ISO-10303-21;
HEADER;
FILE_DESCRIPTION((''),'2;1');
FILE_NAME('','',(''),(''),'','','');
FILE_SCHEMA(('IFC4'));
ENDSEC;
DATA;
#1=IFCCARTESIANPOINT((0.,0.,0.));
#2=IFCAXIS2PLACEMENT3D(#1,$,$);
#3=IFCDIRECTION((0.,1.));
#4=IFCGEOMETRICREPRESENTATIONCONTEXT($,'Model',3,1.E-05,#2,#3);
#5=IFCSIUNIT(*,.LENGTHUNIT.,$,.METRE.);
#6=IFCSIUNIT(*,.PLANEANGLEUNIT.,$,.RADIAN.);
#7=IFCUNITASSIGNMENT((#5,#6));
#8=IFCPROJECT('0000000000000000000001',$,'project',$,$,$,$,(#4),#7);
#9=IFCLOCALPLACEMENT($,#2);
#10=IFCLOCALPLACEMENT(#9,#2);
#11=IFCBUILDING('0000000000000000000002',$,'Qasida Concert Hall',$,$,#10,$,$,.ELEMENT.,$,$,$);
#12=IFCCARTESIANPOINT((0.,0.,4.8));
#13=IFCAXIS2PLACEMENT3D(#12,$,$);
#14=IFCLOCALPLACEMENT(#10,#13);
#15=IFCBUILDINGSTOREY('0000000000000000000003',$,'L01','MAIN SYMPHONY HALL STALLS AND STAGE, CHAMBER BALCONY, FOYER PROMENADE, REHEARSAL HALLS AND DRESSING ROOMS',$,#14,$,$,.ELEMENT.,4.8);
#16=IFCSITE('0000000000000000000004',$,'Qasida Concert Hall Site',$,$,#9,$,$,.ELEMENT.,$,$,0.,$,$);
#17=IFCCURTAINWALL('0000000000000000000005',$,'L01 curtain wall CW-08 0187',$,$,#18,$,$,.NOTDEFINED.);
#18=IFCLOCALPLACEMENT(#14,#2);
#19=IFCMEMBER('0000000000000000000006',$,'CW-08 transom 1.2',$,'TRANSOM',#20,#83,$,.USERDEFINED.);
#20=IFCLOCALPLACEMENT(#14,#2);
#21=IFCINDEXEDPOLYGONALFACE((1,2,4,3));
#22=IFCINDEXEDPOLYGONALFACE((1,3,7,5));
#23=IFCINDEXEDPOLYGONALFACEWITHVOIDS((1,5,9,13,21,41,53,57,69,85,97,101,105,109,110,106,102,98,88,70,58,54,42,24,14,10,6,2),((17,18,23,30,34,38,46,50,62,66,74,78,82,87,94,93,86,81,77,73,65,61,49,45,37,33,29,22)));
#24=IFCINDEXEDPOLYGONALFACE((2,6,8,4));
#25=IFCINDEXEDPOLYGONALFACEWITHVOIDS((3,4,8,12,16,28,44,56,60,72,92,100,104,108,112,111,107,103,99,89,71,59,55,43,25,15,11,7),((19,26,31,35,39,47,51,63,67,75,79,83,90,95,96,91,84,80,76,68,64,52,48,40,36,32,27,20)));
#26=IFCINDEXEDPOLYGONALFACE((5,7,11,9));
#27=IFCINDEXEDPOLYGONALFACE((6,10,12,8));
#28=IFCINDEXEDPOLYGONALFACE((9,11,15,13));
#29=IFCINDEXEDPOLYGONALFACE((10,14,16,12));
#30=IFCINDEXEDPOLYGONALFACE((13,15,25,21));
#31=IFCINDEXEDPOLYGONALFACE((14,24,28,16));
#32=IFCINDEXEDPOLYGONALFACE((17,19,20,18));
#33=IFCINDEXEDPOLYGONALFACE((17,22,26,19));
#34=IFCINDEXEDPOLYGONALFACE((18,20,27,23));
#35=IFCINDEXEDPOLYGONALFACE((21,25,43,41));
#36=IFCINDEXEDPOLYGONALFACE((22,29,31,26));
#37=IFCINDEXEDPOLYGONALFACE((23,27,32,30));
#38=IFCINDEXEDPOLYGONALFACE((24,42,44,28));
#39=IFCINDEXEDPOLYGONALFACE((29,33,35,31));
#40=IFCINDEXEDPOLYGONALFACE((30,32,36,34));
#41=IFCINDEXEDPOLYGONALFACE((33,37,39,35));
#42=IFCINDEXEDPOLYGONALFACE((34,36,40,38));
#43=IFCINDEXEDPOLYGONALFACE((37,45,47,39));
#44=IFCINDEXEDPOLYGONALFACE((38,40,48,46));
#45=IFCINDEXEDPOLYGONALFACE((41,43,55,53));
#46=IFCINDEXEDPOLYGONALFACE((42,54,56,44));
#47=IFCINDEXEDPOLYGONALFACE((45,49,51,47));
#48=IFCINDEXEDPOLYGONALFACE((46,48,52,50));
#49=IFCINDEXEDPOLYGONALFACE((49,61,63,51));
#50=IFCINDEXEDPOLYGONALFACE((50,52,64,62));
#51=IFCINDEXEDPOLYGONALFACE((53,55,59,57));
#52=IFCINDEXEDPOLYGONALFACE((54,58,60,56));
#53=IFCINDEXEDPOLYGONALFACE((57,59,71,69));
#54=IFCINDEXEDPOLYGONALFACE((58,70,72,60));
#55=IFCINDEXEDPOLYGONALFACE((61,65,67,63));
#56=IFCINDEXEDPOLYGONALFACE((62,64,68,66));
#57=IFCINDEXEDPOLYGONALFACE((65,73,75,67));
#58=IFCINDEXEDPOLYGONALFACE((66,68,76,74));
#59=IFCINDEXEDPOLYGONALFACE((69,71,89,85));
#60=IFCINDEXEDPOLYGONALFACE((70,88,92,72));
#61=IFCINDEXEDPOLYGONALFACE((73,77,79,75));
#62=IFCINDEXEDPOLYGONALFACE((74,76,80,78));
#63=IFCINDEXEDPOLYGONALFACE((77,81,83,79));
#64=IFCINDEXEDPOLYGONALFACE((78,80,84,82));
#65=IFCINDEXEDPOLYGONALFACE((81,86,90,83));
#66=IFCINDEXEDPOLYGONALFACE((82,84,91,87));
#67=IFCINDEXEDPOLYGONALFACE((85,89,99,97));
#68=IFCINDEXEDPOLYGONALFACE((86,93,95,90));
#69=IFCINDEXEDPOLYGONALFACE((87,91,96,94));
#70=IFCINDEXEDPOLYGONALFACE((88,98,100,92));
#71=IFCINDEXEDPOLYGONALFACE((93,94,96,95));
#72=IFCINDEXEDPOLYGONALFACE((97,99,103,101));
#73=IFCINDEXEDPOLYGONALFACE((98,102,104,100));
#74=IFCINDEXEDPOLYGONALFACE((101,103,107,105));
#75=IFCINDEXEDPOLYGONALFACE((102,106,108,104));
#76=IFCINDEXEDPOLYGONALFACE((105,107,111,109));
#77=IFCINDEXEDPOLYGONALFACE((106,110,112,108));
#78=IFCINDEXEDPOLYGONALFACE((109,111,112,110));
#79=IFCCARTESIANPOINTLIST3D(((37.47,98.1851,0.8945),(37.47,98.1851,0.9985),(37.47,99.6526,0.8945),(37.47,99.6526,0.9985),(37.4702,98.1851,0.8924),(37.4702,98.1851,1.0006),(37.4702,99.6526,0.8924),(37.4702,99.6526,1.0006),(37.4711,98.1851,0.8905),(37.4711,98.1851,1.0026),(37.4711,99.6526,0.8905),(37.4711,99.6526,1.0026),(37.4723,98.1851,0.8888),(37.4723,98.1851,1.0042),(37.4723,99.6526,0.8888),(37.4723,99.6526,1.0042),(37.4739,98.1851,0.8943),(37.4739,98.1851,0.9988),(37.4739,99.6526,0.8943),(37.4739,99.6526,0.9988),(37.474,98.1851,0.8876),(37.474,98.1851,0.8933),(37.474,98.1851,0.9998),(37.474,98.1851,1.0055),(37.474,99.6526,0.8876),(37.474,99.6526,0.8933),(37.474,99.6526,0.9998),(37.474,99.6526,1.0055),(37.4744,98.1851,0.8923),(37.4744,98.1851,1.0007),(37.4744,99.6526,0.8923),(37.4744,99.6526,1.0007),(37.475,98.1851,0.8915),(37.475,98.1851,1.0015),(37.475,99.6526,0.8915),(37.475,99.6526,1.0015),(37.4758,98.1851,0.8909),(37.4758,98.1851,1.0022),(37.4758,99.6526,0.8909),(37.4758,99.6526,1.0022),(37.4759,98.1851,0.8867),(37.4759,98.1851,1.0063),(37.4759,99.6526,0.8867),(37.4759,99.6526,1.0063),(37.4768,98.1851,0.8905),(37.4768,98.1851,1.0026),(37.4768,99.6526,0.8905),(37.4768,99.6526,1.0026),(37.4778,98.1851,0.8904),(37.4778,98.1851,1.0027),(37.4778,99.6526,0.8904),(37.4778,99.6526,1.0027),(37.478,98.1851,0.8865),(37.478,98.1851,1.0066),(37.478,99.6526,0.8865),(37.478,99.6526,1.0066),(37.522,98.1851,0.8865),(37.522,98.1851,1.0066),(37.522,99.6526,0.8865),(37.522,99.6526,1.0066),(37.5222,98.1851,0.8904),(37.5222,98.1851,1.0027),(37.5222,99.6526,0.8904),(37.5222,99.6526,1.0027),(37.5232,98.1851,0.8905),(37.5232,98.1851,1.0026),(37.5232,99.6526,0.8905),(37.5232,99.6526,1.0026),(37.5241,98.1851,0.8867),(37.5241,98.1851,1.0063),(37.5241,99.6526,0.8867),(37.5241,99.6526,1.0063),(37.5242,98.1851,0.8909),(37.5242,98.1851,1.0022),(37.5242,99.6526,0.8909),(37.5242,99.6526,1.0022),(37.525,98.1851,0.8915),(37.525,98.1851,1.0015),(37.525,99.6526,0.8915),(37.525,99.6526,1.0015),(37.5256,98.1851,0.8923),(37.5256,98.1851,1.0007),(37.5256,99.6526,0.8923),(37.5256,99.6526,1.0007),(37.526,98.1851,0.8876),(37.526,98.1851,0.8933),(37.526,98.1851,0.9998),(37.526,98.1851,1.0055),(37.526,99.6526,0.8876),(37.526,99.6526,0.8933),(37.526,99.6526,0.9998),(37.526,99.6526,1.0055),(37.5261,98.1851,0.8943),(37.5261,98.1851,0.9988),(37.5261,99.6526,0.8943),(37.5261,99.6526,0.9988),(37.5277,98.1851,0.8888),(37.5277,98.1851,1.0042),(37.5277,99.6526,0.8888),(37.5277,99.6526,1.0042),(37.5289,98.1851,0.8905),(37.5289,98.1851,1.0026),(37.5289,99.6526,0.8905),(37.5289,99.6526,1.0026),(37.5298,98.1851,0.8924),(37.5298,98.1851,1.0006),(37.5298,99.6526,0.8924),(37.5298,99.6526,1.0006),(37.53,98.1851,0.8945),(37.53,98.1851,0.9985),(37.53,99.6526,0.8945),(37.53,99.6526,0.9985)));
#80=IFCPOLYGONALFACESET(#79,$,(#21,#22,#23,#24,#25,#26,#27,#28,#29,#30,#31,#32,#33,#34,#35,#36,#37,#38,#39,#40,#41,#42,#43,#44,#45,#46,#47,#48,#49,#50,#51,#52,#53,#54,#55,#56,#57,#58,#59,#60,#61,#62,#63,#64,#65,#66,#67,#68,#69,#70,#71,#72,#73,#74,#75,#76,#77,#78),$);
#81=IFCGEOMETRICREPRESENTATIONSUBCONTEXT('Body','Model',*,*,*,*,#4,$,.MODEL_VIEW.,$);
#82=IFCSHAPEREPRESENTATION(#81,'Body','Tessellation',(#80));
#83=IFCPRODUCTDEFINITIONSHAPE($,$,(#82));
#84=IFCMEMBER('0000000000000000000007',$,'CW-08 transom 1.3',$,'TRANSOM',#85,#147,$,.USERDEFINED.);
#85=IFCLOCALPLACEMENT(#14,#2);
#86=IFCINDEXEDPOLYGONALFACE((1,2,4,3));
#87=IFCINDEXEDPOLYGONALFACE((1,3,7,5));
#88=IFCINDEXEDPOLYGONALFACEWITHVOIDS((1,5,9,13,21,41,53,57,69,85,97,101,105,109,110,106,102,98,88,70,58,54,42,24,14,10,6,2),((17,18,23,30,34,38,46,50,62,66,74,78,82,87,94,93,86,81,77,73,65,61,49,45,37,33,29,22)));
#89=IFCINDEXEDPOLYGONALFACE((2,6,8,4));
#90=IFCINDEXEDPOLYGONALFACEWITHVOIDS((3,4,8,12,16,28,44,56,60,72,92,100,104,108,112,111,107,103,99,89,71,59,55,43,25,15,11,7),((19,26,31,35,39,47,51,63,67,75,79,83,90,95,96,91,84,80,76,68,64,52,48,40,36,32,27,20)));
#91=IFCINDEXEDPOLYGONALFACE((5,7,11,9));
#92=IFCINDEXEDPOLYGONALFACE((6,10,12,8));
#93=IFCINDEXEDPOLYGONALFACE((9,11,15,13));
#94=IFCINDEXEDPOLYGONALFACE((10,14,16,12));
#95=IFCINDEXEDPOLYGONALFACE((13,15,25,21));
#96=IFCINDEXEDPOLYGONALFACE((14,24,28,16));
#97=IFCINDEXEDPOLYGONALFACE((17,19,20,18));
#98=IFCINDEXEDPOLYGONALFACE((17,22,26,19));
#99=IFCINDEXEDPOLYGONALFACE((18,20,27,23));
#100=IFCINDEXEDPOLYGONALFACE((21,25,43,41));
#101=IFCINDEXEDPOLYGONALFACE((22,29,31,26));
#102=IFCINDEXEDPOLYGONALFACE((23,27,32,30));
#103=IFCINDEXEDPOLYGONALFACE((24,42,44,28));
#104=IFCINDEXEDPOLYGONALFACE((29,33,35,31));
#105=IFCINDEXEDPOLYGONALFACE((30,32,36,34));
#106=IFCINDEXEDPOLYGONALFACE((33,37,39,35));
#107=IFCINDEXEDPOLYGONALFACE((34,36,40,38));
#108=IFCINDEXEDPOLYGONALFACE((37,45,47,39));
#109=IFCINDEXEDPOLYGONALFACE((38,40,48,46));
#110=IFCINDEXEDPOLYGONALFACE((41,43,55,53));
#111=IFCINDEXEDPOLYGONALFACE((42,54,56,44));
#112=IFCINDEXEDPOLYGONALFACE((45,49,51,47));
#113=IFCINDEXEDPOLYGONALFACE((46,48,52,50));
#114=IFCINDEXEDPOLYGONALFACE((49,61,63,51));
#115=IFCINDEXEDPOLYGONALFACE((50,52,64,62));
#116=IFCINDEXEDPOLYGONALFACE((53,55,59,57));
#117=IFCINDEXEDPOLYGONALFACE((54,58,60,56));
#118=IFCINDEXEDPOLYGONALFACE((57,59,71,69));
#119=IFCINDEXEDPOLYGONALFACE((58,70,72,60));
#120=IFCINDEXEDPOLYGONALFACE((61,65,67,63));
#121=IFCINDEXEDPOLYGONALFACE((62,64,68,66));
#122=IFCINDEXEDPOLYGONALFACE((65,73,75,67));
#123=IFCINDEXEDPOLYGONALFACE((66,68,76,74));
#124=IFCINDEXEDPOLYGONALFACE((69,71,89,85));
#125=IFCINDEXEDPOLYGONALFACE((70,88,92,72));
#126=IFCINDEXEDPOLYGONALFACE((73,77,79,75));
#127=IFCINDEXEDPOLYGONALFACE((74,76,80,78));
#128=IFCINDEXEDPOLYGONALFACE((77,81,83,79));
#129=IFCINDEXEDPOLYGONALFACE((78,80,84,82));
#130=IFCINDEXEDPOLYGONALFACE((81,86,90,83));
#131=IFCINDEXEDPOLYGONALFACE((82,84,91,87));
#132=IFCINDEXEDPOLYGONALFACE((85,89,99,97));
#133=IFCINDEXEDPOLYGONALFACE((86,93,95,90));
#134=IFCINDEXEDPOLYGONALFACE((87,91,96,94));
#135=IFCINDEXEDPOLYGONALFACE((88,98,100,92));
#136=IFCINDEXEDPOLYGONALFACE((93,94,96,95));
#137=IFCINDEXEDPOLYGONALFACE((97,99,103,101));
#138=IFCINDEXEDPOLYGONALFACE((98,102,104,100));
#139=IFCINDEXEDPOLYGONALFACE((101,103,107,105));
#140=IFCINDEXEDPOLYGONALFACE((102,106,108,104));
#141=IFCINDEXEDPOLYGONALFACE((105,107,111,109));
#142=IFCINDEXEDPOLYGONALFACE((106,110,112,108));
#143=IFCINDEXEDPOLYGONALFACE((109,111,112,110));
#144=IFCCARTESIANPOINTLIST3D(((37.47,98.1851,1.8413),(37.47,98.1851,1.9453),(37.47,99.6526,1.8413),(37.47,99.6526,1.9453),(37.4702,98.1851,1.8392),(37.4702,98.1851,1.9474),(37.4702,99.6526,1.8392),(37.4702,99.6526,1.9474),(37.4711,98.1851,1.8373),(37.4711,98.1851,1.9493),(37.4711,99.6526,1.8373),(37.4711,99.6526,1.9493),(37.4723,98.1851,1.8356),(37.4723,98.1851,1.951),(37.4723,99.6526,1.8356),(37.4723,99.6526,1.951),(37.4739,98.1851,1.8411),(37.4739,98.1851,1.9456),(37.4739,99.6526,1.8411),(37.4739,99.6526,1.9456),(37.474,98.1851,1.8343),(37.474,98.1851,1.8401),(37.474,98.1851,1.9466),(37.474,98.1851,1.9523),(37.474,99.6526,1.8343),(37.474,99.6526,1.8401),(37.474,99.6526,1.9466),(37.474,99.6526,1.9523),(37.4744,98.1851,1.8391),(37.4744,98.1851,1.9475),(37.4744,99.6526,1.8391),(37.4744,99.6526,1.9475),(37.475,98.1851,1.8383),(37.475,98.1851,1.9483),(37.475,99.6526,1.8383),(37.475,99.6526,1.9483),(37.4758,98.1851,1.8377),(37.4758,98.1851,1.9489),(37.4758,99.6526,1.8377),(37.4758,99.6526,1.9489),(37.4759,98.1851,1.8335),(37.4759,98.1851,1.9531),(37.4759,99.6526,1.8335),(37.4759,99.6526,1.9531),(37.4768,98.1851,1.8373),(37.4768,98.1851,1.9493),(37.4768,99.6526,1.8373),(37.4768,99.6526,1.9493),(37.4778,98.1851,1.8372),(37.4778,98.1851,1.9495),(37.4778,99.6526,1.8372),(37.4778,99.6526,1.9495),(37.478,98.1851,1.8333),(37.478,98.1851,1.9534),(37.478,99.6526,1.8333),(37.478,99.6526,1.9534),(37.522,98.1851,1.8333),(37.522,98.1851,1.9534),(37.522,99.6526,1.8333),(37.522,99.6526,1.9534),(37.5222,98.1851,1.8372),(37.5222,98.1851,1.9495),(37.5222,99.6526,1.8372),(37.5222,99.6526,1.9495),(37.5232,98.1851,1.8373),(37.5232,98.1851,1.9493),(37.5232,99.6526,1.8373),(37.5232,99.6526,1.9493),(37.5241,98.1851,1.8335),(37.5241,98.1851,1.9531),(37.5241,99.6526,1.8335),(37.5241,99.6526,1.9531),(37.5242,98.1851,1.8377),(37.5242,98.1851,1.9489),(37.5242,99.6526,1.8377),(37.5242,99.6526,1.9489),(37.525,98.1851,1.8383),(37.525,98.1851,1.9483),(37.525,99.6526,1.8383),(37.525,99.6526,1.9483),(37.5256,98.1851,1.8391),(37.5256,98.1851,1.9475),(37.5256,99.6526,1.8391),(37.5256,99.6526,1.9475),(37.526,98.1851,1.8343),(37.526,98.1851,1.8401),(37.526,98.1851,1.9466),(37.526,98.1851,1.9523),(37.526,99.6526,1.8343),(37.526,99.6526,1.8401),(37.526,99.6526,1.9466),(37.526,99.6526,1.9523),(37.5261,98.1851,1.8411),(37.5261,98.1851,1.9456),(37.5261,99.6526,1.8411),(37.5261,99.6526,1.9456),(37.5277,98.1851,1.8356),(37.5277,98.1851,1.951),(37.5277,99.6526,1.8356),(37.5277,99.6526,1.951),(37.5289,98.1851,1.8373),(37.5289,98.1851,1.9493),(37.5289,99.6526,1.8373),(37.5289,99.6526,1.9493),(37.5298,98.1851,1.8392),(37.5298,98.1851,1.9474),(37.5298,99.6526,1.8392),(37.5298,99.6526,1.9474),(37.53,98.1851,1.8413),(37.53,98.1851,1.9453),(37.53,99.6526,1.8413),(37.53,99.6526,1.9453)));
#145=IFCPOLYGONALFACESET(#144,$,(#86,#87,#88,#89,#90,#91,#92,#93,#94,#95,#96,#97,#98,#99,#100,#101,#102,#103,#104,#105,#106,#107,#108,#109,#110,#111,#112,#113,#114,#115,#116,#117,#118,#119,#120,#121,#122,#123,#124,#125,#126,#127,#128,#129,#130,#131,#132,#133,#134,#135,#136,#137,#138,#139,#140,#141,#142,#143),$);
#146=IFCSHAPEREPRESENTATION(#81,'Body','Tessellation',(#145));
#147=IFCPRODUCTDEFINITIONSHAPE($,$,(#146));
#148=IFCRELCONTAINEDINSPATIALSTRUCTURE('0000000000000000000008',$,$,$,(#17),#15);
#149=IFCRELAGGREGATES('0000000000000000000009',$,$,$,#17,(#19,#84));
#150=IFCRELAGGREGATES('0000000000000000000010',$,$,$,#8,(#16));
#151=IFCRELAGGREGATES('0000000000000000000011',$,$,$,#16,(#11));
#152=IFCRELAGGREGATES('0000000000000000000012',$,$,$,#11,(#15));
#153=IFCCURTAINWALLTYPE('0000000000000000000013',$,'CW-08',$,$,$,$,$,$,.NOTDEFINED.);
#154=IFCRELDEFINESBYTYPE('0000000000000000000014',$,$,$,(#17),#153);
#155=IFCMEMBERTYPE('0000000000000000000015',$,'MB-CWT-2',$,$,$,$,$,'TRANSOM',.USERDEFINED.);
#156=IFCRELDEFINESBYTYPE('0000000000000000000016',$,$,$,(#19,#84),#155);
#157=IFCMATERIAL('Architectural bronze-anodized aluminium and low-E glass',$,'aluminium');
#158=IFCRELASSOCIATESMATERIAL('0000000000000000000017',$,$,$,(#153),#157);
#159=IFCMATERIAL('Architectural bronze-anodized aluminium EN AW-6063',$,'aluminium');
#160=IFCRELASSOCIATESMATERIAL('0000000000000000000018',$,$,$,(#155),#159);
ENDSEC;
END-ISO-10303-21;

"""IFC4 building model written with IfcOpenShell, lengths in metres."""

from ifc_helpers import new_model, si_unit, direction, frame, origin, origin_2d, place, context, subcontext, project, spatial, hollow_rectangle, extrude, material, material_profile, profile_set, type_object, element, aggregate, save


model = new_model("IFC4")

# Units and contexts
model_context = context("Model", 3, precision=1e-05, world=origin(), true_north=direction((0.0, 1.0)))
body_context = subcontext(model_context, "Body", "Model", "MODEL_VIEW")
ifc_project = project(units=[si_unit("LENGTHUNIT", "METRE"), si_unit("PLANEANGLEUNIT", "RADIAN")], contexts=[model_context])

# Site, building, storey
site_placement = place(None, origin())
site = spatial("IfcSite", under=ifc_project, at=site_placement, Name="Qasida Concert Hall Site", CompositionType="ELEMENT", RefElevation=0.0)
building_placement = place(site_placement, origin())
building = spatial("IfcBuilding", under=site, at=building_placement, Name="Qasida Concert Hall", CompositionType="ELEMENT")
storey_placement = place(building_placement, frame((0.0, 0.0, 4.8)))
storey = spatial("IfcBuildingStorey", under=building, at=storey_placement, Name="L01", Description="MAIN SYMPHONY HALL STALLS AND STAGE, CHAMBER BALCONY, FOYER PROMENADE, REHEARSAL HALLS AND DRESSING ROOMS", CompositionType="ELEMENT", Elevation=4.8)

# Curtain wall
ifc_material_1 = material(Name="Architectural bronze-anodized aluminium and low-E glass", Category="aluminium")
curtain_wall_type = type_object("IfcCurtainWallType", Name="CW-08", PredefinedType="NOTDEFINED", material=ifc_material_1)
ifc_material_2 = material(Name="Architectural bronze-anodized aluminium EN AW-6063", Category="aluminium")
curtain_wall_1_placement = place(storey_placement, origin())
curtain_wall_1 = element("IfcCurtainWall", 1, at=curtain_wall_1_placement, inside=storey, type_object=curtain_wall_type, Name="L01 curtain wall CW-08 0187", PredefinedType="NOTDEFINED")

# Members
ifc_material_profile_1 = material_profile(ifc_material_2, hollow_rectangle(XDim=0.0601, YDim=0.1201, WallThickness=0.0039, InnerFilletRadius=0.0039, OuterFilletRadius=0.0081, at=origin_2d()), Name="CWT 120x60x4")
ifc_profile_set_1 = profile_set([ifc_material_profile_1], Name="Architectural bronze-anodized aluminium EN AW-6063")
member_type_1 = type_object("IfcMemberType", Name="MB-CWT-2", ElementType="TRANSOM", PredefinedType="USERDEFINED", material=ifc_profile_set_1)
member_1_placement = place(storey_placement, frame((37.5, 98.1851, 0.9465), z_axis=(0.0, 1.0, 0.0), x_axis=(-1.0, 0.0, 0.0)))
member_1 = element("IfcMember", 2, at=member_1_placement, type_object=member_type_1, Name="CW-08 transom 1.2", ObjectType="TRANSOM", PredefinedType="USERDEFINED", context=body_context, shape_type="SweptSolid", body=[
    extrude(hollow_rectangle(XDim=0.0601, YDim=0.1201, WallThickness=0.0039, InnerFilletRadius=0.0039, OuterFilletRadius=0.0081, at=origin_2d()), origin(), (0.0, 0.0, 1.0), 1.4675),
])
member_2_placement = place(storey_placement, frame((37.5, 98.1851, 1.8933), z_axis=(0.0, 1.0, 0.0), x_axis=(-1.0, 0.0, 0.0)))
member_2 = element("IfcMember", 3, at=member_2_placement, type_object=member_type_1, Name="CW-08 transom 1.3", ObjectType="TRANSOM", PredefinedType="USERDEFINED", context=body_context, shape_type="SweptSolid", body=[
    extrude(hollow_rectangle(XDim=0.0601, YDim=0.1201, WallThickness=0.0039, InnerFilletRadius=0.0039, OuterFilletRadius=0.0081, at=origin_2d()), origin(), (0.0, 0.0, 1.0), 1.4675),
])

aggregate(curtain_wall_1, [member_1, member_2])

save(model, "model.ifc")
